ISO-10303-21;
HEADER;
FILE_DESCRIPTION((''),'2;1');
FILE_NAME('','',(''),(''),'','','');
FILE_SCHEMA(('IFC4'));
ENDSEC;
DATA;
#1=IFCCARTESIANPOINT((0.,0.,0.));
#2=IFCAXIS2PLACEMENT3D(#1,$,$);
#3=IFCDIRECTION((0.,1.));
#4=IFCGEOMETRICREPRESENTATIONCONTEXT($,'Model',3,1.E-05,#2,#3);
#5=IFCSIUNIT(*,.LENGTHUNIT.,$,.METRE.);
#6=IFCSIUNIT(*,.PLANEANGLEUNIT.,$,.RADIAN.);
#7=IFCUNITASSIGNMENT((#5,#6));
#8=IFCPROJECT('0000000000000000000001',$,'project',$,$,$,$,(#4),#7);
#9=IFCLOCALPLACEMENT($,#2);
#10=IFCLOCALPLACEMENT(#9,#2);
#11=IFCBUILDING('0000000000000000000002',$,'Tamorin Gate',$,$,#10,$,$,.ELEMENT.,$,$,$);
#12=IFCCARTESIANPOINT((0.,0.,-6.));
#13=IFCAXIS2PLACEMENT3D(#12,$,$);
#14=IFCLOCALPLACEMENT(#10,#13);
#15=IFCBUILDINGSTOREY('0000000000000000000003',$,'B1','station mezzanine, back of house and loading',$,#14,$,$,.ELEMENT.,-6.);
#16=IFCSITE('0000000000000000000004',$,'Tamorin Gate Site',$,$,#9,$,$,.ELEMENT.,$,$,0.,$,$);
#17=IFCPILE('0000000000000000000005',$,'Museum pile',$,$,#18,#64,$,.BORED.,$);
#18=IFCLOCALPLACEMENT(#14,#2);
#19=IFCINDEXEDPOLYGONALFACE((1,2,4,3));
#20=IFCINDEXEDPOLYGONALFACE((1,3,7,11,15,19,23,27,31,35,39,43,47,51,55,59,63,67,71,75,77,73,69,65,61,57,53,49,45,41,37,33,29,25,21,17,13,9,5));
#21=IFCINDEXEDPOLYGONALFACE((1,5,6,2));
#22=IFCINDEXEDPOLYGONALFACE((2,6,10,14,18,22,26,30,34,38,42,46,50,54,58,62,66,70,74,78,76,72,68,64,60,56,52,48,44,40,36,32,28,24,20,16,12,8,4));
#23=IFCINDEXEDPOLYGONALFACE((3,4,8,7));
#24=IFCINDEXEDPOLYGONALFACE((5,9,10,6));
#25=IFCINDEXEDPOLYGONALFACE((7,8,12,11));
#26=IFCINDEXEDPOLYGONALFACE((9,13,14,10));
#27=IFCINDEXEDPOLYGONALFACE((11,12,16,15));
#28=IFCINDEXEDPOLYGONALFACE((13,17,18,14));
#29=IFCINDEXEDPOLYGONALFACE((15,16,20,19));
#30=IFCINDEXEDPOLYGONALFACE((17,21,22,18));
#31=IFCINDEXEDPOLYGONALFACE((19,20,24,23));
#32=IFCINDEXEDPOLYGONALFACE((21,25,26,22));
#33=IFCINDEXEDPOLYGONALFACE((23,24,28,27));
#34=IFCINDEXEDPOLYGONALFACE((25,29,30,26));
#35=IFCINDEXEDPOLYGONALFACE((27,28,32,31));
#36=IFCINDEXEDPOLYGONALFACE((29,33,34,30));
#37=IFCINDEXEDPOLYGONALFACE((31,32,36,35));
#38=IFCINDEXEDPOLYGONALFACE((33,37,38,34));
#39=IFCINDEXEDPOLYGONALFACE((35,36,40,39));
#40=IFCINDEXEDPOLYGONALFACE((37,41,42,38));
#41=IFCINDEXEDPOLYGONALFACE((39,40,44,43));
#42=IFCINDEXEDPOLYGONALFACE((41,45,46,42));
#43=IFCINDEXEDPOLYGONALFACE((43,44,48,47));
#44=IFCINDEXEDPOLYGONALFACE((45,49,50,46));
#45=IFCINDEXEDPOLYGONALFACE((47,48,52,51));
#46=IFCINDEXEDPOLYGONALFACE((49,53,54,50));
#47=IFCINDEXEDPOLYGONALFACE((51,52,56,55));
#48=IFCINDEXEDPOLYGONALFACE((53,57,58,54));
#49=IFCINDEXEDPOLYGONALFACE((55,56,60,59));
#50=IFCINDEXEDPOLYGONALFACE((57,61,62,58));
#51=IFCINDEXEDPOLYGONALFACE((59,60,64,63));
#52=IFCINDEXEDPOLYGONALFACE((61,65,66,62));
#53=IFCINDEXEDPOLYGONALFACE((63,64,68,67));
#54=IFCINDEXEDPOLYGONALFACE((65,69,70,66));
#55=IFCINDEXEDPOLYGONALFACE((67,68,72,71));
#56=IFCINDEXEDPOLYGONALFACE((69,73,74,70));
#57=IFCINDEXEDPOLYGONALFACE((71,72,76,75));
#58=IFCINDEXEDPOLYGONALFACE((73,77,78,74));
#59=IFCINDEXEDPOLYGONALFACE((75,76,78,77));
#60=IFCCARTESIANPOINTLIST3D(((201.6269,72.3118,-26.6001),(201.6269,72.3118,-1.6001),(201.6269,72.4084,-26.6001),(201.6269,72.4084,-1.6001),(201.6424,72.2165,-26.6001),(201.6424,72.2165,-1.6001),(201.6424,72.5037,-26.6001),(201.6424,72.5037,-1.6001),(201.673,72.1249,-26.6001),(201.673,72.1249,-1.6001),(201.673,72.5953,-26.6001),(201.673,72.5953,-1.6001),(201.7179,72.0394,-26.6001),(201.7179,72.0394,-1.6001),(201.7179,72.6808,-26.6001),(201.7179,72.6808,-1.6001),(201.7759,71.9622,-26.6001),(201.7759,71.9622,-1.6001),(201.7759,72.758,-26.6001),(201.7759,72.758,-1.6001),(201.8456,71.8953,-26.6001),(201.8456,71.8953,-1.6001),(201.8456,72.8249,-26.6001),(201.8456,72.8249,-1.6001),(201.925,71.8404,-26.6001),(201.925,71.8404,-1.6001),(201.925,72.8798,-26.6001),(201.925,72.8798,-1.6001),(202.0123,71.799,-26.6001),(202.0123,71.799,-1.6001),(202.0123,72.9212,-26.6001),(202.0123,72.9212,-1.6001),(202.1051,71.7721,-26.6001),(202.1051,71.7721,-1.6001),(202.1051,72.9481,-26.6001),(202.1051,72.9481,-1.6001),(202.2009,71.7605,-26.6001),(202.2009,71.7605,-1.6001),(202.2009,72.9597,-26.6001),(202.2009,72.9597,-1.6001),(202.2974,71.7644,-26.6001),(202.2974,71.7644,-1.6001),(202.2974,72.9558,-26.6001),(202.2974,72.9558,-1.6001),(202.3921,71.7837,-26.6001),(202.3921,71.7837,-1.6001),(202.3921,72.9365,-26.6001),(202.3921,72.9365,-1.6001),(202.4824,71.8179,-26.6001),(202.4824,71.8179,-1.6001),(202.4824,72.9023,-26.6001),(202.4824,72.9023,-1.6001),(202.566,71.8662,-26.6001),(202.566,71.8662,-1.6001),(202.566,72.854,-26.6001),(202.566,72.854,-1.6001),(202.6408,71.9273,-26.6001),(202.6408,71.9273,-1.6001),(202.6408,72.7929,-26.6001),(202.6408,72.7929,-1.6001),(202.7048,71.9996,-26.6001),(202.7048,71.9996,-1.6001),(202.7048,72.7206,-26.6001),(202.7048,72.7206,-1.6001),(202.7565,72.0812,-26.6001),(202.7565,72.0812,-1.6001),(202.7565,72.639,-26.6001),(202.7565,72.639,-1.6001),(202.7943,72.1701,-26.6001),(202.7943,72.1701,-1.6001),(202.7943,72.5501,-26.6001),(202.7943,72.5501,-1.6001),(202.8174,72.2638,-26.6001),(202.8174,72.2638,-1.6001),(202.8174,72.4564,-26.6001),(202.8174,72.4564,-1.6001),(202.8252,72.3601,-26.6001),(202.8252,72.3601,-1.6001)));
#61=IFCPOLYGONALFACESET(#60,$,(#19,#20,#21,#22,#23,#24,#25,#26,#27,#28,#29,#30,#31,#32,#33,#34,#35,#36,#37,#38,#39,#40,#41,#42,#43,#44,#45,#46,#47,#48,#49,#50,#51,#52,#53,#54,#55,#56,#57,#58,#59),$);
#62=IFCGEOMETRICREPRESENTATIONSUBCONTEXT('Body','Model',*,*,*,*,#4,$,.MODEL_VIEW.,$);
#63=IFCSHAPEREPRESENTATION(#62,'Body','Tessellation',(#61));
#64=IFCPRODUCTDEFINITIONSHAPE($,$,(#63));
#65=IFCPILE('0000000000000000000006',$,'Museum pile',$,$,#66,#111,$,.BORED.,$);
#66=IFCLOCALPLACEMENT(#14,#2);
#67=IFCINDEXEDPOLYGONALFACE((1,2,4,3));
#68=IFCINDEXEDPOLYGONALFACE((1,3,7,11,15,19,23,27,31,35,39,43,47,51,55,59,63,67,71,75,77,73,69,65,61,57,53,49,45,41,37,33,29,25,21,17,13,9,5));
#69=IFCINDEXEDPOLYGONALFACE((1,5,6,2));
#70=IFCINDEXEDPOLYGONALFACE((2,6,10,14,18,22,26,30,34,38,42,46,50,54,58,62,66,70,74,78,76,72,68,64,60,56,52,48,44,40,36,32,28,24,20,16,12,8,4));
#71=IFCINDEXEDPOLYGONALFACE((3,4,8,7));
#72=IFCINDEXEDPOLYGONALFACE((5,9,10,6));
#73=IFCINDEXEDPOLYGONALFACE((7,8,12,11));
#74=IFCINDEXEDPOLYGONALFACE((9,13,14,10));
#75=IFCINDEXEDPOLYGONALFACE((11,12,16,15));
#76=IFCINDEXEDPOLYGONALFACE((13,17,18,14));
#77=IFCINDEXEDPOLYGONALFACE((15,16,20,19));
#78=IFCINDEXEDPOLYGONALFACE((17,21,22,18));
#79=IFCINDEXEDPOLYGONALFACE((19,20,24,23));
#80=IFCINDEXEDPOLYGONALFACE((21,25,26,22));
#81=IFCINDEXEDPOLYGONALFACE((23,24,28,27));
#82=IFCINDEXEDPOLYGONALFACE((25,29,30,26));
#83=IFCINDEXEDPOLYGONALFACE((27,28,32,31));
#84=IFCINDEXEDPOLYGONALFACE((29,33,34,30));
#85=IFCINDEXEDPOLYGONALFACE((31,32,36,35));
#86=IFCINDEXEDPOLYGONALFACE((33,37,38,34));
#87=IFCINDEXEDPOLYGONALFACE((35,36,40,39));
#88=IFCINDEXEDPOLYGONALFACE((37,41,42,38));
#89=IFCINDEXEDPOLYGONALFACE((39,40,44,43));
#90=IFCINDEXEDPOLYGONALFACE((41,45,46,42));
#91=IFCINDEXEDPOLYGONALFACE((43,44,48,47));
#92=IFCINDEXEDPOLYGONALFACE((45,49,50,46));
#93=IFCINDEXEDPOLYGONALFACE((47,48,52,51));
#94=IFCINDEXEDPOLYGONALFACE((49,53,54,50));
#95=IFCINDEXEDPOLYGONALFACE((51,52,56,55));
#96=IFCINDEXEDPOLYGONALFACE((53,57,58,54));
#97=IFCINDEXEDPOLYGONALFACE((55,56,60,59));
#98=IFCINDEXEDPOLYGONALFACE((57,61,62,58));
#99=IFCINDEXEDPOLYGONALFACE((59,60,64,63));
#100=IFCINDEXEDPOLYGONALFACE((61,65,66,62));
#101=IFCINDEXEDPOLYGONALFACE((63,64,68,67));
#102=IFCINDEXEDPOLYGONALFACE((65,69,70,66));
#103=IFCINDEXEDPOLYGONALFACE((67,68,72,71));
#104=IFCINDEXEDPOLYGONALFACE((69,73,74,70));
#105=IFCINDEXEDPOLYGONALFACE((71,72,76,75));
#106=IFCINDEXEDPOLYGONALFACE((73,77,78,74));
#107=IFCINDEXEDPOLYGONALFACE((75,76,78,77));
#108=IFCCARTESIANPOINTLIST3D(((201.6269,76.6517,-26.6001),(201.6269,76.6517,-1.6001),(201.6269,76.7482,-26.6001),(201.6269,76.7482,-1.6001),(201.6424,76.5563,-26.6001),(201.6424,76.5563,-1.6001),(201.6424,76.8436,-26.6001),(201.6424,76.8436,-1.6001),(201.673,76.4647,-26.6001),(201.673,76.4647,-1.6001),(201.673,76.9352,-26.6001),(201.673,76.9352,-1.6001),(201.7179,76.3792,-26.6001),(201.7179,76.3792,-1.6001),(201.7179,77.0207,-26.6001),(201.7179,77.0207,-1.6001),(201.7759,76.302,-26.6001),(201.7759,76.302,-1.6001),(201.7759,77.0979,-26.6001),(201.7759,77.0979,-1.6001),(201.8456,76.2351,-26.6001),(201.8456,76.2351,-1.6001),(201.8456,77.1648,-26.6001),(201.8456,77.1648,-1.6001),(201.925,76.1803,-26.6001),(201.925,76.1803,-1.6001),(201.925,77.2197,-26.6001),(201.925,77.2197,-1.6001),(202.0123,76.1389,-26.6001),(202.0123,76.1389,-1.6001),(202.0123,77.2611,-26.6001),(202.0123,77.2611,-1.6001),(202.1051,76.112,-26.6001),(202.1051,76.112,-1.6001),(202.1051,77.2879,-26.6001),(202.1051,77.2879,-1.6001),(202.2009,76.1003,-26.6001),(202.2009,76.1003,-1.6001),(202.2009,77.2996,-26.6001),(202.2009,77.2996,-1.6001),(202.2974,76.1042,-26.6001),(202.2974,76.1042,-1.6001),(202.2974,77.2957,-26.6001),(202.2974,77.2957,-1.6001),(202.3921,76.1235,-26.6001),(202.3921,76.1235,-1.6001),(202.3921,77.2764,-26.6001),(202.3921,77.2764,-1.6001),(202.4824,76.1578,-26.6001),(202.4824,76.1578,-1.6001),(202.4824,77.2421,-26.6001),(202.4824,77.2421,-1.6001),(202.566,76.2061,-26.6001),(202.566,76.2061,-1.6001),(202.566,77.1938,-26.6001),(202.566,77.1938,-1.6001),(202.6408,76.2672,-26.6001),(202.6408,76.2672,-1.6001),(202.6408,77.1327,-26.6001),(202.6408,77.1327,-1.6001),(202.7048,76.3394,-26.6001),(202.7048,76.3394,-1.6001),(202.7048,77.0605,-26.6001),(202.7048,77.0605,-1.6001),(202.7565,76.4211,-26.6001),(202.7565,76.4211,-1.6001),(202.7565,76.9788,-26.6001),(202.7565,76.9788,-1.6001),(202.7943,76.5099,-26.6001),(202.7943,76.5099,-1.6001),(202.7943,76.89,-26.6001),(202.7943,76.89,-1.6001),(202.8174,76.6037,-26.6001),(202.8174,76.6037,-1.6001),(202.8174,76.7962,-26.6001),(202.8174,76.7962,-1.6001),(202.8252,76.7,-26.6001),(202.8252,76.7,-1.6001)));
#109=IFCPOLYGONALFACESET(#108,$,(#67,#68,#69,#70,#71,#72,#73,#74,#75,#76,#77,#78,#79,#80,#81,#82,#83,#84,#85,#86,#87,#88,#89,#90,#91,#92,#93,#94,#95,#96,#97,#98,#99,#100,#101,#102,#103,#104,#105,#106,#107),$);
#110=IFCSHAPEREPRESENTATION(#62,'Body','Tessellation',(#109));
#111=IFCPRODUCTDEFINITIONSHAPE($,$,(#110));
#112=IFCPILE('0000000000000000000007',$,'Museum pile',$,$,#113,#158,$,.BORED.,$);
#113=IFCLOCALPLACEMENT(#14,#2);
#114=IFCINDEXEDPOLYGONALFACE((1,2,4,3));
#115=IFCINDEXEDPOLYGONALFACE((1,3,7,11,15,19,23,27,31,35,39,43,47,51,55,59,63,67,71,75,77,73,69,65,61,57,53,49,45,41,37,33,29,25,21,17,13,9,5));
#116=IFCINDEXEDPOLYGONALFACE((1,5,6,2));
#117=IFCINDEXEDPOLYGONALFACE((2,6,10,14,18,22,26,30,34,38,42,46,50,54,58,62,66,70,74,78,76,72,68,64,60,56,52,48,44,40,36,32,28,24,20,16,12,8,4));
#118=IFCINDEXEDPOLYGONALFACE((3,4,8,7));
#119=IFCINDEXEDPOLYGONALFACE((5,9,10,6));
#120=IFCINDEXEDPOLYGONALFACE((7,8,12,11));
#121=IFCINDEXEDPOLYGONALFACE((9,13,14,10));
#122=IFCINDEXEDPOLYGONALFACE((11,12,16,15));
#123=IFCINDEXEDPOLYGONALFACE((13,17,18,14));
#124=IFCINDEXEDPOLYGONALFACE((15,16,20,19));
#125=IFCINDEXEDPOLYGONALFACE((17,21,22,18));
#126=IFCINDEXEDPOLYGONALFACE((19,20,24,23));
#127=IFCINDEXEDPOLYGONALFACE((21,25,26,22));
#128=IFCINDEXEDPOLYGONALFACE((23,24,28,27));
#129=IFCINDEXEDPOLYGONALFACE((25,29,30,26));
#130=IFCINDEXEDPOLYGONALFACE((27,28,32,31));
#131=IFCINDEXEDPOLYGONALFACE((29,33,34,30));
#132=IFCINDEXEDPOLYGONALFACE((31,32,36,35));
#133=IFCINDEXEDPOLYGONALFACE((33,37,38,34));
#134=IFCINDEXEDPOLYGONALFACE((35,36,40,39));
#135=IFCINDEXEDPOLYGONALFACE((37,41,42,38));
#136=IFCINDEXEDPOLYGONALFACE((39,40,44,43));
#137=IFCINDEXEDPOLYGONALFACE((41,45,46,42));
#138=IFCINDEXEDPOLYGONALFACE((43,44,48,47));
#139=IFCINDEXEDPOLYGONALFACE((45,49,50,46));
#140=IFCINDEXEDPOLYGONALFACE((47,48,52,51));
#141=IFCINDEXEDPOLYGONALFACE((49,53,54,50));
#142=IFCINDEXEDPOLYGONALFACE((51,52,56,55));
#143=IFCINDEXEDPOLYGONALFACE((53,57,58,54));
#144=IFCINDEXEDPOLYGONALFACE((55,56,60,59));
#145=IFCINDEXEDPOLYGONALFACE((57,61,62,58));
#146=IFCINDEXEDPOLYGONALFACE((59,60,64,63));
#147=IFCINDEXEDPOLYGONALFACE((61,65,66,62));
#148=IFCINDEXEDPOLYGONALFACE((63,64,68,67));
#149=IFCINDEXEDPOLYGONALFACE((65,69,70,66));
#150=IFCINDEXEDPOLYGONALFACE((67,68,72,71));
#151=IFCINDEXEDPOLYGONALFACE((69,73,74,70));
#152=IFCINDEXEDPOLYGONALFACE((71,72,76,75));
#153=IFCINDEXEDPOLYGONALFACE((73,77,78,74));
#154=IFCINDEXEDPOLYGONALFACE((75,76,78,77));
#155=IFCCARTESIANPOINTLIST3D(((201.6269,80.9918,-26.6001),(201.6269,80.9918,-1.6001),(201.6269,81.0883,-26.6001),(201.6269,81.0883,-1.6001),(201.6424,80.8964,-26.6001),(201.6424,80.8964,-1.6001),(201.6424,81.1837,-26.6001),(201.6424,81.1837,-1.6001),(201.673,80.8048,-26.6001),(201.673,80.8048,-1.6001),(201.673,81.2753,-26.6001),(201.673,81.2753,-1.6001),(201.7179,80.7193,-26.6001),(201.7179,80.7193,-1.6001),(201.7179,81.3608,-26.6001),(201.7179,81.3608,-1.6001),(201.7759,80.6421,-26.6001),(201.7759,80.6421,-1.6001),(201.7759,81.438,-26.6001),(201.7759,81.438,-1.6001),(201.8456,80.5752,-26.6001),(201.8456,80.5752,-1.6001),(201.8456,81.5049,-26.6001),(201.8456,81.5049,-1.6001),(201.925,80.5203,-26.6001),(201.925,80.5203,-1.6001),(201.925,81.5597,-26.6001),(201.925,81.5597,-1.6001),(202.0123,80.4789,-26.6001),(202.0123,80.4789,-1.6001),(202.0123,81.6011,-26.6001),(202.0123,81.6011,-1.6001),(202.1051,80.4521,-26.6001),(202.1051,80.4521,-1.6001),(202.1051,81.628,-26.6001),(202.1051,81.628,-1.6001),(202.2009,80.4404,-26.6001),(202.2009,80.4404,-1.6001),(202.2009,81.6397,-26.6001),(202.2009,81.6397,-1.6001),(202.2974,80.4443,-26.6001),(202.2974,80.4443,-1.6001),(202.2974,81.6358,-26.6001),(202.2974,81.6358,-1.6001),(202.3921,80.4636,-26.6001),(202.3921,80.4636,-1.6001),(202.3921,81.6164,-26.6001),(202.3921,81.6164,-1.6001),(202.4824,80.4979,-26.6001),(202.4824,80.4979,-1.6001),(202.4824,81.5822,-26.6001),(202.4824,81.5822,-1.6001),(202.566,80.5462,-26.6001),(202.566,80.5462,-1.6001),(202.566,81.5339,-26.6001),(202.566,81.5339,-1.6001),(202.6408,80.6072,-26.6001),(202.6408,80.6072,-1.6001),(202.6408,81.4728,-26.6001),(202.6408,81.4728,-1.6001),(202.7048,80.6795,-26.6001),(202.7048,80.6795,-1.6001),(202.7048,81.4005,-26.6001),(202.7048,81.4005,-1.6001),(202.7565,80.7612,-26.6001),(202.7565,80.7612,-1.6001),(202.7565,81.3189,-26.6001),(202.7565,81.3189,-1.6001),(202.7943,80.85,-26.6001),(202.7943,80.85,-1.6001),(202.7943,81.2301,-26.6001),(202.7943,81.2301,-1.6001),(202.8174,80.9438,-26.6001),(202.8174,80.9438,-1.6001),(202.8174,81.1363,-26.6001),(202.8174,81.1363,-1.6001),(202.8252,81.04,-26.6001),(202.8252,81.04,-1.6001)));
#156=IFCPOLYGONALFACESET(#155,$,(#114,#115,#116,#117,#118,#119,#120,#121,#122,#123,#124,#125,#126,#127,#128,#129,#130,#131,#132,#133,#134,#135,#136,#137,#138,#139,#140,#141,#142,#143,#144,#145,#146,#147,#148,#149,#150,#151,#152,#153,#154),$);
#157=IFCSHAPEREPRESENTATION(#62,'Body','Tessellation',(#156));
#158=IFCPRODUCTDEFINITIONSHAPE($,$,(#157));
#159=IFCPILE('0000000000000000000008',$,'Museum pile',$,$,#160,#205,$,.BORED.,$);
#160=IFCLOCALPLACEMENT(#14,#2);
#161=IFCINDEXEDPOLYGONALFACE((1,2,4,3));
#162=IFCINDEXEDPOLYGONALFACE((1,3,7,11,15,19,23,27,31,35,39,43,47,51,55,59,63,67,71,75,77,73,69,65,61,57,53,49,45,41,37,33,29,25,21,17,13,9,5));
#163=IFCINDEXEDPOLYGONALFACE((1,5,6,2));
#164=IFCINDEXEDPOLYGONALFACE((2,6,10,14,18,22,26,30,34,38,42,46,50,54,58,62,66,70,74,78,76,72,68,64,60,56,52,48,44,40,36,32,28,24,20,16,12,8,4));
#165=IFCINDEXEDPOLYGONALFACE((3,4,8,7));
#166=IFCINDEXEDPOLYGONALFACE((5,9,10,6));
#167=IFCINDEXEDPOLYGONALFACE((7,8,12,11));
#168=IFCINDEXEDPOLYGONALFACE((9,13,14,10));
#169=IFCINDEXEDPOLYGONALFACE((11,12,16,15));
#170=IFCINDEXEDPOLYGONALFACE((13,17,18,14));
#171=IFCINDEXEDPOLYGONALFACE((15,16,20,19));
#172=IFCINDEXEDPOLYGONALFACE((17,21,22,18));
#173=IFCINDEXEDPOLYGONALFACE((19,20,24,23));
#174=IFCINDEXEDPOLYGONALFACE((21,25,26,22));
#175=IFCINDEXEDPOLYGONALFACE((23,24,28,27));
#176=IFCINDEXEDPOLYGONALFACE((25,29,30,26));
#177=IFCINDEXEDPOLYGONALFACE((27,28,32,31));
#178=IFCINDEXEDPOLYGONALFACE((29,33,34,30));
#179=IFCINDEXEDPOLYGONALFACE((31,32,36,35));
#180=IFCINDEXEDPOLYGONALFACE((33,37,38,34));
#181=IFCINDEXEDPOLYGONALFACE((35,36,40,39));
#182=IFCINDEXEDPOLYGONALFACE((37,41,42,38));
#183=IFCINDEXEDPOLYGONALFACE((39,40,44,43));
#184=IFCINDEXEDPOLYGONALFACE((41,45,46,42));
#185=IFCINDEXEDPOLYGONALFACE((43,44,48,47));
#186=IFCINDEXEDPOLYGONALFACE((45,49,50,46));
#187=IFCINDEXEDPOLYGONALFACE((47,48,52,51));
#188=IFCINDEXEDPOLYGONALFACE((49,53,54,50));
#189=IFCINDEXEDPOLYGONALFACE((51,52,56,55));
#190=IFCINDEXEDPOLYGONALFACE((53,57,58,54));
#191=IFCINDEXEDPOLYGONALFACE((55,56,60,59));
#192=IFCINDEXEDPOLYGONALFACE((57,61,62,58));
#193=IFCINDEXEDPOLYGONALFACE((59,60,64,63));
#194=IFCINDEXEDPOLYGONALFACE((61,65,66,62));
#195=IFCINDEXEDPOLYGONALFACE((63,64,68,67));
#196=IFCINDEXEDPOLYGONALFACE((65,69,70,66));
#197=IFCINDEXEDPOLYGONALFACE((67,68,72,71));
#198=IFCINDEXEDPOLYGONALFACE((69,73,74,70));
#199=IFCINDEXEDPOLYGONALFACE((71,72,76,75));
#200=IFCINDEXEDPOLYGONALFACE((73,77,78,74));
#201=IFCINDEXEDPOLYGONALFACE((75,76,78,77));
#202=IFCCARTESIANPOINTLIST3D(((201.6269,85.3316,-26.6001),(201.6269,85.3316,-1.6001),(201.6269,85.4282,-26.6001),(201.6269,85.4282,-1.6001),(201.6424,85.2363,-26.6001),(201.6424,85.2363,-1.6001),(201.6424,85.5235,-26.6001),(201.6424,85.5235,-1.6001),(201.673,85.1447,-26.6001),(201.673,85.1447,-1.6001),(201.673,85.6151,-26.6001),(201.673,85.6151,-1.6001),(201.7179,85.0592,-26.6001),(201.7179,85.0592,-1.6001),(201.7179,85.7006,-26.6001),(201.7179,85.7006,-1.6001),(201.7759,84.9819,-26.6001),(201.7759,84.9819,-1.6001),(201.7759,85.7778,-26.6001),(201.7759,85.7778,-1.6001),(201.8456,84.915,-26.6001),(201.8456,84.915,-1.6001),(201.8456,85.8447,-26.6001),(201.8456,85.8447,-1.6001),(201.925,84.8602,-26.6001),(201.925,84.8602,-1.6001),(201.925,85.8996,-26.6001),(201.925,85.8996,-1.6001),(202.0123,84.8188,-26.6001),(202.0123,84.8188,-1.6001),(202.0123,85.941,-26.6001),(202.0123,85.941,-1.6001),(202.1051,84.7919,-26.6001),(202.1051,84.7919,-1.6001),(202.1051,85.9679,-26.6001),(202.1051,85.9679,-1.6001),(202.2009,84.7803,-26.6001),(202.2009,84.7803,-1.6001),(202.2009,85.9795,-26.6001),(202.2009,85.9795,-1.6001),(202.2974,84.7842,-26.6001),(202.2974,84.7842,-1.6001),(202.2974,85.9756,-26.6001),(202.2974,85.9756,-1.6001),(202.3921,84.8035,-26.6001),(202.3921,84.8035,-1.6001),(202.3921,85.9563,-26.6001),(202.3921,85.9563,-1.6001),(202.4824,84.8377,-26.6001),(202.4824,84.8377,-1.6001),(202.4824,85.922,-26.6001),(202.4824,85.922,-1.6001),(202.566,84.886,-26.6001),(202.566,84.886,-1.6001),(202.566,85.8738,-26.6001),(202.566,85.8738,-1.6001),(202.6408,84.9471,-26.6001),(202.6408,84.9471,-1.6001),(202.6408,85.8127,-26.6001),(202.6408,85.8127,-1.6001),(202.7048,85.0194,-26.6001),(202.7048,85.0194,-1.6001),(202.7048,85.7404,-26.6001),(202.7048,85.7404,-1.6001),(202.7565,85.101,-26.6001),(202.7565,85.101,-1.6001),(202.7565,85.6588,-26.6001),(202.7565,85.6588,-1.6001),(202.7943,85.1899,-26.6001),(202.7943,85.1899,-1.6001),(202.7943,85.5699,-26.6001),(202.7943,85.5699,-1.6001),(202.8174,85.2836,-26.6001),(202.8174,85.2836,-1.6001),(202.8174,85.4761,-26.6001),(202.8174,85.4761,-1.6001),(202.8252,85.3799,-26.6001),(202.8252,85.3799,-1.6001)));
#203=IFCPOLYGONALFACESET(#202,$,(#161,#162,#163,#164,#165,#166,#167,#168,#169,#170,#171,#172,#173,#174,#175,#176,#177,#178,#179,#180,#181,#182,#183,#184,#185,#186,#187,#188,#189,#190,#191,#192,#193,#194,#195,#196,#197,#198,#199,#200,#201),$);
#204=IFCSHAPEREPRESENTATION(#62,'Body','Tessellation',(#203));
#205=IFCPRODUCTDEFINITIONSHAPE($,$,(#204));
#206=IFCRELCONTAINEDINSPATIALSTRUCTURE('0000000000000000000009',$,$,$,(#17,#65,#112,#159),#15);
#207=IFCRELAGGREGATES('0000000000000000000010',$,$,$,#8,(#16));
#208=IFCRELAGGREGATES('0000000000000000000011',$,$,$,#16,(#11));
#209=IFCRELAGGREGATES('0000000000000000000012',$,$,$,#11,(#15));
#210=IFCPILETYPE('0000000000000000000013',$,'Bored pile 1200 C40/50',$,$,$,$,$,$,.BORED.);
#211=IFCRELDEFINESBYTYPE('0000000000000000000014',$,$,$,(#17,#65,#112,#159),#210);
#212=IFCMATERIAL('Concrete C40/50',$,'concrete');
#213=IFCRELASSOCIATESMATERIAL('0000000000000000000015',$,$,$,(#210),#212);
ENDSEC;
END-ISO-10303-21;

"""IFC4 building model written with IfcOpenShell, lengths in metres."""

from ifc_helpers import new_model, si_unit, direction, frame, origin, origin_2d, place, context, subcontext, project, spatial, circle, extrude, material, material_profile, profile_set, type_object, element, save


model = new_model("IFC4")

# Units and contexts
model_context = context("Model", 3, precision=1e-05, world=origin(), true_north=direction((0.0, 1.0)))
body_context = subcontext(model_context, "Body", "Model", "MODEL_VIEW")
ifc_project = project(units=[si_unit("LENGTHUNIT", "METRE"), si_unit("PLANEANGLEUNIT", "RADIAN")], contexts=[model_context])

# Site, building, storey
site_placement = place(None, origin())
site = spatial("IfcSite", under=ifc_project, at=site_placement, Name="Tamorin Gate Site", CompositionType="ELEMENT", RefElevation=0.0)
building_placement = place(site_placement, origin())
building = spatial("IfcBuilding", under=site, at=building_placement, Name="Tamorin Gate", CompositionType="ELEMENT")
storey_placement = place(building_placement, frame((0.0, 0.0, -6.0)))
storey = spatial("IfcBuildingStorey", under=building, at=storey_placement, Name="B1", Description="station mezzanine, back of house and loading", CompositionType="ELEMENT", Elevation=-6.0)

# Piles
ifc_material_1 = material(Name="Concrete C40/50", Category="concrete")
ifc_material_profile_1 = material_profile(ifc_material_1, circle(Radius=0.6001, at=origin_2d()))
ifc_profile_set_1 = profile_set([ifc_material_profile_1], Name="Concrete C40/50")
pile_type = type_object("IfcPileType", Name="Bored pile 1200 C40/50", PredefinedType="BORED", material=ifc_profile_set_1)
for number, where, z_axis, x_axis, name in (
    (1, (202.2251, 72.3601, -1.6001), (0.0, 0.0, -1.0), (1.0, 0.0, 0.0), "Museum pile"),
    (2, (202.2251, 76.7, -1.6001), (0.0, 0.0, -1.0), (1.0, 0.0, 0.0), "Museum pile"),
    (3, (202.2251, 81.04, -1.6001), (0.0, 0.0, -1.0), (1.0, 0.0, 0.0), "Museum pile"),
    (4, (202.2251, 85.3799, -1.6001), (0.0, 0.0, -1.0), (1.0, 0.0, 0.0), "Museum pile"),
):
    element("IfcPile", number, at=place(storey_placement, frame(where, z_axis=z_axis, x_axis=x_axis)), inside=storey, type_object=pile_type, Name=name, PredefinedType="BORED", context=body_context, shape_type="SweptSolid", body=[
        extrude(circle(Radius=0.6001, at=origin_2d()), origin(), (0.0, 0.0, 1.0), 25.0),
    ])

save(model, "model.ifc")
